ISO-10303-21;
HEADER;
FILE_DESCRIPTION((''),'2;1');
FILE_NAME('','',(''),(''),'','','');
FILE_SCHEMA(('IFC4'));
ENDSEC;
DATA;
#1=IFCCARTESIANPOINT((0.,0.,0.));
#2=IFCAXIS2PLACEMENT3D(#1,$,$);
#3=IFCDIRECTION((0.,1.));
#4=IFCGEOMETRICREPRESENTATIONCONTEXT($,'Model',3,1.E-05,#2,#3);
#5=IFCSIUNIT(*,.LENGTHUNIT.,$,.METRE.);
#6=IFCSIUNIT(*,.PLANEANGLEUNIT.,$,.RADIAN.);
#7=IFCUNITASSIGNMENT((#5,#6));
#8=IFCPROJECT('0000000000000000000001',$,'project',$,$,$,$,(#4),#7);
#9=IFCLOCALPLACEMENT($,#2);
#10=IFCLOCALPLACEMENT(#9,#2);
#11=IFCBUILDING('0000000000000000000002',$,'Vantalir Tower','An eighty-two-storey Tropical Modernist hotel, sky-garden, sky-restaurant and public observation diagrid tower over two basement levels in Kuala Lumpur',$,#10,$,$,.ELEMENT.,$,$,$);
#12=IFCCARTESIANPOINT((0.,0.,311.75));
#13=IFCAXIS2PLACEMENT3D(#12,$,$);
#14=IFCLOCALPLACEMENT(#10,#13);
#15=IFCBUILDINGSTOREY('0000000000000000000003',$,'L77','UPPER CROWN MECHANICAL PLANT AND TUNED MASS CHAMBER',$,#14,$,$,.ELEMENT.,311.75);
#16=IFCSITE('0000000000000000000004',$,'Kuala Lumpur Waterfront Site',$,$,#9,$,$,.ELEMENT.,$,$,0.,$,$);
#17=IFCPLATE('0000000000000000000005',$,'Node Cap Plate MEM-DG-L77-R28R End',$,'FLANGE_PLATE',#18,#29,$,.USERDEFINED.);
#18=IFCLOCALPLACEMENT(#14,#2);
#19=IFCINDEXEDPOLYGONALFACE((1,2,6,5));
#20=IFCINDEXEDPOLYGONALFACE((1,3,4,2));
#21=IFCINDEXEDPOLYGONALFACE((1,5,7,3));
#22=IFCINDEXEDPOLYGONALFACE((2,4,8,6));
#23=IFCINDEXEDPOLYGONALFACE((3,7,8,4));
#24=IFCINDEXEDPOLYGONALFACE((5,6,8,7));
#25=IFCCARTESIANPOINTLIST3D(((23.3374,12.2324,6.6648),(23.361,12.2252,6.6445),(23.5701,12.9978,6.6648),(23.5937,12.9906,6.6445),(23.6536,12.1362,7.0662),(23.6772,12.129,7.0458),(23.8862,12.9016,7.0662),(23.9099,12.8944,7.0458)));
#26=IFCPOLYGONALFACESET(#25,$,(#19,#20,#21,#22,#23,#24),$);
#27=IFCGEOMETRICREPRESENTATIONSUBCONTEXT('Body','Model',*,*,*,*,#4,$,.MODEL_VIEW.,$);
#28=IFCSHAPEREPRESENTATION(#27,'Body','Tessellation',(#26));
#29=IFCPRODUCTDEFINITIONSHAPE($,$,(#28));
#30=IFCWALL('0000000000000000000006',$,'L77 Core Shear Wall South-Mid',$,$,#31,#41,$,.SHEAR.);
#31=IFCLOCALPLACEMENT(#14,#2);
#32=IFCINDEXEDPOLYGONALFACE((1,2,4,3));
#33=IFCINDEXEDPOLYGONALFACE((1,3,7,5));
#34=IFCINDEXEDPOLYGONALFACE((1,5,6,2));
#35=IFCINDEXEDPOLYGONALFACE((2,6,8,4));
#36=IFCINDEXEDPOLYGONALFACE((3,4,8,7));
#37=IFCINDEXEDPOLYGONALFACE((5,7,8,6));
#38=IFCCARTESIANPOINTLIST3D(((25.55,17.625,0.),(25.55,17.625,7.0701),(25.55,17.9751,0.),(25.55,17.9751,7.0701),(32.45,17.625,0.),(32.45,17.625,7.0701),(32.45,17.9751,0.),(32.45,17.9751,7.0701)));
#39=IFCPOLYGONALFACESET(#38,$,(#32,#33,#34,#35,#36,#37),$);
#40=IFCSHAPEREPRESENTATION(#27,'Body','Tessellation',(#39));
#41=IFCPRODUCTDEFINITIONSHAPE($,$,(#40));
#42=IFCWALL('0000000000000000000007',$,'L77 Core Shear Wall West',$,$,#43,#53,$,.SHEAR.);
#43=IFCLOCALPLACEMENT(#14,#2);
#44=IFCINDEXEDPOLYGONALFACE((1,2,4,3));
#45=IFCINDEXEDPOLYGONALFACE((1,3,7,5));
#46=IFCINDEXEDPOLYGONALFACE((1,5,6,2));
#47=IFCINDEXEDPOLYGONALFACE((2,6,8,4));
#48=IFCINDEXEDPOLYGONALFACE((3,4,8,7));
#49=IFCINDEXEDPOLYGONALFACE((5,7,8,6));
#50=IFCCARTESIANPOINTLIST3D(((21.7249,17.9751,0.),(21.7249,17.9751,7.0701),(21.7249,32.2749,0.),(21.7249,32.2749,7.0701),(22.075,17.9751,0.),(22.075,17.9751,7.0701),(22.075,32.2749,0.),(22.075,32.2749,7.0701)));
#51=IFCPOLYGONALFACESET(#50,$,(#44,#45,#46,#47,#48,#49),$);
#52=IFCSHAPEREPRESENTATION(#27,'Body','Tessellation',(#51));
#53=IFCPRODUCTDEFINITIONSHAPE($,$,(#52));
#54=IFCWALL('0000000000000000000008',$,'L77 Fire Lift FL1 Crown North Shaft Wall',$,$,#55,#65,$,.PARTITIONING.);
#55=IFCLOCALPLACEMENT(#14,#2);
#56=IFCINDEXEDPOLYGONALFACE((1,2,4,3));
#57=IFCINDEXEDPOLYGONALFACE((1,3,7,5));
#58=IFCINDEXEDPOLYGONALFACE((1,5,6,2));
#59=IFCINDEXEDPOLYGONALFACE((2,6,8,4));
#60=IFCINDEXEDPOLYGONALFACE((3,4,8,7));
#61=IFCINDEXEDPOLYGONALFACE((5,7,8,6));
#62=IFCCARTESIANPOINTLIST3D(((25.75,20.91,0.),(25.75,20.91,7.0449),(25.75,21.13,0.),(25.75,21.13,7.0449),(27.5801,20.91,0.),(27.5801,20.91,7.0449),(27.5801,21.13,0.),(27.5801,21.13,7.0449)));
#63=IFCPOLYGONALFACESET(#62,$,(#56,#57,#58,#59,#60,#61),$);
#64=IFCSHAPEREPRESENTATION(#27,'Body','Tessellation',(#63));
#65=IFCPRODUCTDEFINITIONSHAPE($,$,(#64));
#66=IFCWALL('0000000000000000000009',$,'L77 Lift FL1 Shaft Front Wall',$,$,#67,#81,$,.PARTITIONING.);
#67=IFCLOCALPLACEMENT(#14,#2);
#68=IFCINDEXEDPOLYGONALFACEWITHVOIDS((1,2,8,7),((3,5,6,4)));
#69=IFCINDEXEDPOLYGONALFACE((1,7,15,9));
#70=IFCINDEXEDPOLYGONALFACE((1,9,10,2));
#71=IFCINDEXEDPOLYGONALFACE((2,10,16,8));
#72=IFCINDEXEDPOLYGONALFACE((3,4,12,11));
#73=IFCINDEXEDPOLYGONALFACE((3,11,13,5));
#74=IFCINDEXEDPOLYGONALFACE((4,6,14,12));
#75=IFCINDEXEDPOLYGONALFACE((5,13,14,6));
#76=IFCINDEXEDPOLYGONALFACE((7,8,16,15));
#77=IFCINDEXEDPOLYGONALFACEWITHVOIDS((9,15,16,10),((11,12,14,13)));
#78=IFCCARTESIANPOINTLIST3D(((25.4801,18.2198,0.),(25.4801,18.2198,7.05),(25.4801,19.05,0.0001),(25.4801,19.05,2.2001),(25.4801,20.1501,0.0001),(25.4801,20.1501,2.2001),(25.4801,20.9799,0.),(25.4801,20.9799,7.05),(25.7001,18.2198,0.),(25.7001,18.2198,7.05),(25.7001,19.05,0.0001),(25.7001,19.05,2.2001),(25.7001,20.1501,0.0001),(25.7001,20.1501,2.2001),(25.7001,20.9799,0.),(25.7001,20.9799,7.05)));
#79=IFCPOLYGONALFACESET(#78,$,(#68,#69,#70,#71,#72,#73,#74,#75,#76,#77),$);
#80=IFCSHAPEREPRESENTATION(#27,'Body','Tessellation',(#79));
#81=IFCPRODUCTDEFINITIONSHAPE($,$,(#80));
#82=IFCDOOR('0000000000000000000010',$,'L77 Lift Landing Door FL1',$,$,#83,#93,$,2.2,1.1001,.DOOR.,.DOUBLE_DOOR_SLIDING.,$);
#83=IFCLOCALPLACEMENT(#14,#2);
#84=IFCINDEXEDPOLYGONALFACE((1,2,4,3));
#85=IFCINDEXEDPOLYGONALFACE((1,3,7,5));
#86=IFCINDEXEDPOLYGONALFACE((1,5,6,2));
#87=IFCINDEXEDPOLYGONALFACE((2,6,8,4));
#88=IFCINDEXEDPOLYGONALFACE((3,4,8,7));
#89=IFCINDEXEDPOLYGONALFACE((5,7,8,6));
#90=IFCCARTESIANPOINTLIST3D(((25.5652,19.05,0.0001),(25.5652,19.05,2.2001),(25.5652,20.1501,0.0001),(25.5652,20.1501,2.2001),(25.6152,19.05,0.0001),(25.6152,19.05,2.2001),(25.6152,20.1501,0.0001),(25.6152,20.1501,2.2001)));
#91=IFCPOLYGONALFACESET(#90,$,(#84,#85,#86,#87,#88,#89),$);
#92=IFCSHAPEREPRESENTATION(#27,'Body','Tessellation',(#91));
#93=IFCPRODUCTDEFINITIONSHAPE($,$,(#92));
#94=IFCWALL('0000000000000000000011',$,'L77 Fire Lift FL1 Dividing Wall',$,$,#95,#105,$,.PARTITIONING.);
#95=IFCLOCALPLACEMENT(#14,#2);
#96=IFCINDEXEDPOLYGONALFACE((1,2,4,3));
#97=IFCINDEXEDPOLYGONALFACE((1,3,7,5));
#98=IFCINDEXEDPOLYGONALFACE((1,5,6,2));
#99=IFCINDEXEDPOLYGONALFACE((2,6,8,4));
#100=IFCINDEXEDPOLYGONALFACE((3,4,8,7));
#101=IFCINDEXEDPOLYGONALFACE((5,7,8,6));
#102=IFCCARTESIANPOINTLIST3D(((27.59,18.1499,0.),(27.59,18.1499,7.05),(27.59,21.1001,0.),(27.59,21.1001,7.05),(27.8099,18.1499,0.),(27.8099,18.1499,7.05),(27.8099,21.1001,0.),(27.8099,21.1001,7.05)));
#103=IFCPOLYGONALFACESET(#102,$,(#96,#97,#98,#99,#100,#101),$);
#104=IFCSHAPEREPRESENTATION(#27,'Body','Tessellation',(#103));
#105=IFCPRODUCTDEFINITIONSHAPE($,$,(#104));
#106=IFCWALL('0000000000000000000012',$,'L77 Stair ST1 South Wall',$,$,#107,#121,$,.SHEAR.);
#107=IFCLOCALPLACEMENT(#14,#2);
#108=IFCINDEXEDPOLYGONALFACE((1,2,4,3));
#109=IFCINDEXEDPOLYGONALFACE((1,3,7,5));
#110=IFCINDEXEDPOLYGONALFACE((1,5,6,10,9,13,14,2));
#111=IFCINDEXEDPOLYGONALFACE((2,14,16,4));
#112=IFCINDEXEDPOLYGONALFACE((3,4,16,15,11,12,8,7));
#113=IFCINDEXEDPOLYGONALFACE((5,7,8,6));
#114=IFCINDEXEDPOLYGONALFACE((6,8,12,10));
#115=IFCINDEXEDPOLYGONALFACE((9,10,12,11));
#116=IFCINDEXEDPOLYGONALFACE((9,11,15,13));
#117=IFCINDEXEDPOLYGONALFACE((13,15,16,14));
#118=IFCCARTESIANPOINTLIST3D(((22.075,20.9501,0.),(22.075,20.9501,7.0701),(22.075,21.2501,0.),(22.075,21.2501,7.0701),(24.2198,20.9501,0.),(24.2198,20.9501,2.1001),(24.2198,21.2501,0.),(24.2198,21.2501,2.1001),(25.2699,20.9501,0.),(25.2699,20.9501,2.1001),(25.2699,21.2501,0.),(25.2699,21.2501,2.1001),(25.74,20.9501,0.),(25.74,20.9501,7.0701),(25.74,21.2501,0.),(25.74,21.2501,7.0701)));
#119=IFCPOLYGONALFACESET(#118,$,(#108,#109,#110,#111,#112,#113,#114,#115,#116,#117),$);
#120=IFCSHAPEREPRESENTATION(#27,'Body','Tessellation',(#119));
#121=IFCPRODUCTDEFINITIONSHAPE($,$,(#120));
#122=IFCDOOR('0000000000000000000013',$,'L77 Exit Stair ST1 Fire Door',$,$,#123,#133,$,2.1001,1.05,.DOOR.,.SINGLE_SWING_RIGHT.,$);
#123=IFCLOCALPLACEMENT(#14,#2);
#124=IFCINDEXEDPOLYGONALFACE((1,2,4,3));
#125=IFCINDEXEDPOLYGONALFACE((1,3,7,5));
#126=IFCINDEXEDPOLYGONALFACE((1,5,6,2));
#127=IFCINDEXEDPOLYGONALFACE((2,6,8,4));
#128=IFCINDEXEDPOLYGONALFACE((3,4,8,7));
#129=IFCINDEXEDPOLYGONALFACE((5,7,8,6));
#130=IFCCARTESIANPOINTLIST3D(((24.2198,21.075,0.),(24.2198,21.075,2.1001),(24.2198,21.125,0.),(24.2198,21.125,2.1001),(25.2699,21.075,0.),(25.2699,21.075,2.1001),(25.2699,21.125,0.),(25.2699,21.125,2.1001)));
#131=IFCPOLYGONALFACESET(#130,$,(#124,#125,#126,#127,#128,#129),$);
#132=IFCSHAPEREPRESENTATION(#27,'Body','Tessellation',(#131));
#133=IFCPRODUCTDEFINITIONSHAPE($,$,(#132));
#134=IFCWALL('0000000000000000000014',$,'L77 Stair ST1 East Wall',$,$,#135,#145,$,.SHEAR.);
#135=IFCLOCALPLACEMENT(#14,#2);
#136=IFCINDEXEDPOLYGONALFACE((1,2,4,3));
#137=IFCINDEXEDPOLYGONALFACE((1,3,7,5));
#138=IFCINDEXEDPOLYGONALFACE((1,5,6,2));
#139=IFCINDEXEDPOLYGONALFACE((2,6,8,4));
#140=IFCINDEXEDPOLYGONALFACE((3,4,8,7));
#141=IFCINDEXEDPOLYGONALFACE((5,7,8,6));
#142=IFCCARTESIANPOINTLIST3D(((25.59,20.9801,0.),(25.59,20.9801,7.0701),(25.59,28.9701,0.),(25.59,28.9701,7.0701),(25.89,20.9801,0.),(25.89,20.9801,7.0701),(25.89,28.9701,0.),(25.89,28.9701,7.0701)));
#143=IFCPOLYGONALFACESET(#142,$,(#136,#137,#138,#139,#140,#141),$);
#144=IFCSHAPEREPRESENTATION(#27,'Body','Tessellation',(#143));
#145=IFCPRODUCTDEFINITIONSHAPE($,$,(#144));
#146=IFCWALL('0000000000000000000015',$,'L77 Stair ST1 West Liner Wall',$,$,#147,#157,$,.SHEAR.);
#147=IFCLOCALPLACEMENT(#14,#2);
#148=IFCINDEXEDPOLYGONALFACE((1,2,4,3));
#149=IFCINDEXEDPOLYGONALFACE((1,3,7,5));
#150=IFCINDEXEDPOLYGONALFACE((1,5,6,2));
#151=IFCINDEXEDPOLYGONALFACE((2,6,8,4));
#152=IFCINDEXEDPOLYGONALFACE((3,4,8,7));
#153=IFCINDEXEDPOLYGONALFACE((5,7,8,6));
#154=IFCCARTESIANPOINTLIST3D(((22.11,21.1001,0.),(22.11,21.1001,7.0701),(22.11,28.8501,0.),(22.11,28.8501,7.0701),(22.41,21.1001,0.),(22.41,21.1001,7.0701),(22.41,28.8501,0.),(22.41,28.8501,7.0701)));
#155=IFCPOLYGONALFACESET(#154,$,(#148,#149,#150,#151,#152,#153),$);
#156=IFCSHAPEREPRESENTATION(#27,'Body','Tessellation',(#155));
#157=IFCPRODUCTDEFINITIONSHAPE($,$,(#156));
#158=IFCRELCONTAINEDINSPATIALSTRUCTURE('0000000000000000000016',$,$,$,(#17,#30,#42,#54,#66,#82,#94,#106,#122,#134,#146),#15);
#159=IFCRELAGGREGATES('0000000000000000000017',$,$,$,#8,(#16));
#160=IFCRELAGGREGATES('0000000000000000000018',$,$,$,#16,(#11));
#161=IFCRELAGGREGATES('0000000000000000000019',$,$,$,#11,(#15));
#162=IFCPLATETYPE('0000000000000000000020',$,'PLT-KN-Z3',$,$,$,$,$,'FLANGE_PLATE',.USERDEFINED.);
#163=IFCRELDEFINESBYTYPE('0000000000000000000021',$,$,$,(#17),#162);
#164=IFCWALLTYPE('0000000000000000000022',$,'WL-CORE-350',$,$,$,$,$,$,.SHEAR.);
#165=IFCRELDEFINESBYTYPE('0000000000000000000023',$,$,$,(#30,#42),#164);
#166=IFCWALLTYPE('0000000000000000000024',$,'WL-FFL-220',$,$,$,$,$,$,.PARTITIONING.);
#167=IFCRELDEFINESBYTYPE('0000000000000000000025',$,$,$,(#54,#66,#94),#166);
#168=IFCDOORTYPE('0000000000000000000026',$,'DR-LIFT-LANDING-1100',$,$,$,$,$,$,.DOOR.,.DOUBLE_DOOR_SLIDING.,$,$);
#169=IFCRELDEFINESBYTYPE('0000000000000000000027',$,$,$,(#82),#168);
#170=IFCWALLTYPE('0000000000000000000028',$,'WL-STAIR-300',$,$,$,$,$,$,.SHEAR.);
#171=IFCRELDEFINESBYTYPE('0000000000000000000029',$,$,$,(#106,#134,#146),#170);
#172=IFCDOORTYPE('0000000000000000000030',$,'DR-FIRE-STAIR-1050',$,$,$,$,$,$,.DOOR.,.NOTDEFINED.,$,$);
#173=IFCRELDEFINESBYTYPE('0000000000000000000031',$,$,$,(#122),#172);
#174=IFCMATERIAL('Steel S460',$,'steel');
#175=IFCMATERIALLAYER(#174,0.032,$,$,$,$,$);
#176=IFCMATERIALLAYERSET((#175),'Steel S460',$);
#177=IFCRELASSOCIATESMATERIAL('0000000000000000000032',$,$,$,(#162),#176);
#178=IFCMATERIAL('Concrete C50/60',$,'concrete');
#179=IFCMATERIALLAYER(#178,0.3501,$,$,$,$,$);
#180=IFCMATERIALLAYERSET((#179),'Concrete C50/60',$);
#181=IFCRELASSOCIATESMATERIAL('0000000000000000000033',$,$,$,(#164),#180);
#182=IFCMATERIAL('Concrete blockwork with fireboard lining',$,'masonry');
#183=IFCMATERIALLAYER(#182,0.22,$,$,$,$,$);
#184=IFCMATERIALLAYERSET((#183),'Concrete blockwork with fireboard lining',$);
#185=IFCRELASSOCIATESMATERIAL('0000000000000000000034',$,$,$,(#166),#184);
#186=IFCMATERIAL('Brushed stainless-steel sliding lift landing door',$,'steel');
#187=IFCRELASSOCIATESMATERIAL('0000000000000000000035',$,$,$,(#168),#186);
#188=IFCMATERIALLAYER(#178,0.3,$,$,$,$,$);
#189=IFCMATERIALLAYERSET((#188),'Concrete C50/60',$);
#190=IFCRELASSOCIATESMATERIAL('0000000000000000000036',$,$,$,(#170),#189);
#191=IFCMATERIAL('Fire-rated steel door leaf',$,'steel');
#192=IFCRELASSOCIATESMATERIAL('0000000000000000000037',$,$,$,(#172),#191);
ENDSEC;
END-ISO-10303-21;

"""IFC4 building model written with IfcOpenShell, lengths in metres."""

from ifc_helpers import new_model, si_unit, direction, frame, frame_2d, origin, place, context, subcontext, project, spatial, polyline, rectangle, outline, extrude, material, layer, layer_set, type_object, element, fill, save


model = new_model("IFC4")

# Units and contexts
model_context = context("Model", 3, precision=1e-05, world=origin(), true_north=direction((0.0, 1.0)))
body_context = subcontext(model_context, "Body", "Model", "MODEL_VIEW")
ifc_project = project(units=[si_unit("LENGTHUNIT", "METRE"), si_unit("PLANEANGLEUNIT", "RADIAN")], contexts=[model_context])

# Site, building, storey
site_placement = place(None, origin())
site = spatial("IfcSite", under=ifc_project, at=site_placement, Name="Kuala Lumpur Waterfront Site", CompositionType="ELEMENT", RefElevation=0.0)
building_placement = place(site_placement, origin())
building = spatial("IfcBuilding", under=site, at=building_placement, Name="Vantalir Tower", Description="An eighty-two-storey Tropical Modernist hotel, sky-garden, sky-restaurant and public observation diagrid tower over two basement levels in Kuala Lumpur", CompositionType="ELEMENT")
storey_placement = place(building_placement, frame((0.0, 0.0, 311.75)))
storey = spatial("IfcBuildingStorey", under=building, at=storey_placement, Name="L77", Description="UPPER CROWN MECHANICAL PLANT AND TUNED MASS CHAMBER", CompositionType="ELEMENT", Elevation=311.75)

# Shared definitions
ifc_material_1 = material(Name="Concrete C50/60", Category="concrete")
ifc_material_2 = material(Name="Steel S460", Category="steel")

# Plate
ifc_layer_1 = layer(ifc_material_2, 0.032)
ifc_layer_set_1 = layer_set([ifc_layer_1], Name="Steel S460")
plate_type_1 = type_object("IfcPlateType", Name="PLT-KN-Z3", ElementType="FLANGE_PLATE", PredefinedType="USERDEFINED", material=ifc_layer_set_1)
plate_1_placement = place(storey_placement, frame((23.5701, 12.9978, 6.6648), z_axis=(-0.73862, 0.224531, 0.635631), x_axis=(-0.290846, -0.95677, 0.0)))
element("IfcPlate", 1, at=plate_1_placement, inside=storey, type_object=plate_type_1, Name="Node Cap Plate MEM-DG-L77-R28R End", ObjectType="FLANGE_PLATE", PredefinedType="USERDEFINED", context=body_context, shape_type="SweptSolid", body=[
    extrude(outline(polyline([(0.0, 0.0), (0.8, 0.0), (0.8, 0.5199), (0.0001, 0.5199), (0.0, 0.0)])), origin(), (0.0, 0.0, -1.0), 0.032),
])

# Walls
ifc_layer_2 = layer(ifc_material_1, 0.3501)
ifc_layer_set_2 = layer_set([ifc_layer_2], Name="Concrete C50/60")
wall_type_1 = type_object("IfcWallType", Name="WL-CORE-350", PredefinedType="SHEAR", material=ifc_layer_set_2)
wall_1_placement = place(storey_placement, frame((25.55, 17.8, 0.0), z_axis=(0.0, 0.0, 1.0), x_axis=(1.0, 0.0, 0.0)))
element("IfcWall", 2, at=wall_1_placement, inside=storey, type_object=wall_type_1, Name="L77 Core Shear Wall South-Mid", PredefinedType="SHEAR", context=body_context, shape_type="SweptSolid", body=[
    extrude(rectangle(XDim=6.8999, YDim=0.3501, at=frame_2d((3.45, 0.0))), origin(), (0.0, 0.0, 1.0), 7.0701),
])
wall_2_placement = place(storey_placement, frame((21.8999, 17.9751, 0.0), z_axis=(0.0, 0.0, 1.0), x_axis=(0.0, 1.0, 0.0)))
element("IfcWall", 3, at=wall_2_placement, inside=storey, type_object=wall_type_1, Name="L77 Core Shear Wall West", PredefinedType="SHEAR", context=body_context, shape_type="SweptSolid", body=[
    extrude(rectangle(XDim=14.2998, YDim=0.3501, at=frame_2d((7.1499, 0.0))), origin(), (0.0, 0.0, 1.0), 7.0701),
])
ifc_material_3 = material(Name="Concrete blockwork with fireboard lining", Category="masonry")
ifc_layer_3 = layer(ifc_material_3, 0.22)
ifc_layer_set_3 = layer_set([ifc_layer_3], Name="Concrete blockwork with fireboard lining")
wall_type_2 = type_object("IfcWallType", Name="WL-FFL-220", PredefinedType="PARTITIONING", material=ifc_layer_set_3)
wall_3_placement = place(storey_placement, frame((25.75, 21.02, 0.0), z_axis=(0.0, 0.0, 1.0), x_axis=(1.0, 0.0, 0.0)))
element("IfcWall", 4, at=wall_3_placement, inside=storey, type_object=wall_type_2, Name="L77 Fire Lift FL1 Crown North Shaft Wall", PredefinedType="PARTITIONING", context=body_context, shape_type="SweptSolid", body=[
    extrude(rectangle(XDim=1.8301, YDim=0.22, at=frame_2d((0.915, 0.0))), origin(), (0.0, 0.0, 1.0), 7.0449),
])

# Wall, opening, door
wall_4_placement = place(storey_placement, frame((25.5901, 18.22, 0.0), z_axis=(0.0, 0.0, 1.0), x_axis=(0.0, 1.0, 0.0)))
wall_4 = element("IfcWall", 5, at=wall_4_placement, inside=storey, type_object=wall_type_2, Name="L77 Lift FL1 Shaft Front Wall", PredefinedType="PARTITIONING", context=body_context, shape_type="SweptSolid", body=[
    extrude(rectangle(XDim=2.76, YDim=0.22, at=frame_2d((1.3799, 0.0))), origin(), (0.0, 0.0, 1.0), 7.05),
])
opening_1_placement = place(wall_4_placement, frame((0.8301, 0.0, 0.0)))
opening_1 = element("IfcOpeningElement", 6, at=opening_1_placement, cuts=wall_4, PredefinedType="OPENING", context=body_context, shape_type="SweptSolid", body=[
    extrude(rectangle(XDim=1.1001, YDim=2.2, at=frame_2d((0.55, 1.1001))), frame((0.0, 0.1199, 0.0), z_axis=(0.0, -1.0, 0.0), x_axis=(1.0, 0.0, 0.0)), (0.0, 0.0, 1.0), 0.24),
])
ifc_material_4 = material(Name="Brushed stainless-steel sliding lift landing door", Category="steel")
door_type_1 = type_object("IfcDoorType", Name="DR-LIFT-LANDING-1100", OperationType="DOUBLE_DOOR_SLIDING", PredefinedType="DOOR", material=ifc_material_4)
door_1_placement = place(opening_1_placement, origin())
door_1 = element("IfcDoor", 7, at=door_1_placement, inside=storey, type_object=door_type_1, Name="L77 Lift Landing Door FL1", OperationType="DOUBLE_DOOR_SLIDING", OverallHeight=2.2, OverallWidth=1.1001, PredefinedType="DOOR", context=body_context, shape_type="SweptSolid", body=[
    extrude(rectangle(XDim=1.1001, YDim=2.2, at=frame_2d((0.55, 1.1001))), frame((0.0, 0.0249, 0.0), z_axis=(0.0, -1.0, 0.0), x_axis=(1.0, 0.0, 0.0)), (0.0, 0.0, 1.0), 0.05),
])
fill(opening_1, door_1)

# Wall
wall_5_placement = place(storey_placement, frame((27.7, 18.1499, 0.0), z_axis=(0.0, 0.0, 1.0), x_axis=(0.0, 1.0, 0.0)))
element("IfcWall", 8, at=wall_5_placement, inside=storey, type_object=wall_type_2, Name="L77 Fire Lift FL1 Dividing Wall", PredefinedType="PARTITIONING", context=body_context, shape_type="SweptSolid", body=[
    extrude(rectangle(XDim=2.9502, YDim=0.22, at=frame_2d((1.4751, 0.0))), origin(), (0.0, 0.0, 1.0), 7.05),
])

# Wall, opening, door
ifc_layer_4 = layer(ifc_material_1, 0.3)
ifc_layer_set_4 = layer_set([ifc_layer_4], Name="Concrete C50/60")
wall_type_3 = type_object("IfcWallType", Name="WL-STAIR-300", PredefinedType="SHEAR", material=ifc_layer_set_4)
wall_6_placement = place(storey_placement, frame((22.075, 21.1001, 0.0), z_axis=(0.0, 0.0, 1.0), x_axis=(1.0, 0.0, 0.0)))
wall_6 = element("IfcWall", 9, at=wall_6_placement, inside=storey, type_object=wall_type_3, Name="L77 Stair ST1 South Wall", PredefinedType="SHEAR", context=body_context, shape_type="SweptSolid", body=[
    extrude(rectangle(XDim=3.665, YDim=0.3, at=frame_2d((1.8325, 0.0))), origin(), (0.0, 0.0, 1.0), 7.0701),
])
opening_2_placement = place(wall_6_placement, frame((2.145, 0.0, 0.0)))
opening_2 = element("IfcOpeningElement", 10, at=opening_2_placement, cuts=wall_6, PredefinedType="OPENING", context=body_context, shape_type="SweptSolid", body=[
    extrude(rectangle(XDim=1.05, YDim=2.1001, at=frame_2d((0.5249, 1.05))), frame((0.0, 0.1599, 0.0), z_axis=(0.0, -1.0, 0.0), x_axis=(1.0, 0.0, 0.0)), (0.0, 0.0, 1.0), 0.3201),
])
ifc_material_5 = material(Name="Fire-rated steel door leaf", Category="steel")
door_type_2 = type_object("IfcDoorType", Name="DR-FIRE-STAIR-1050", OperationType="NOTDEFINED", PredefinedType="DOOR", material=ifc_material_5)
door_2_placement = place(opening_2_placement, origin())
door_2 = element("IfcDoor", 11, at=door_2_placement, inside=storey, type_object=door_type_2, Name="L77 Exit Stair ST1 Fire Door", OperationType="SINGLE_SWING_RIGHT", OverallHeight=2.1001, OverallWidth=1.05, PredefinedType="DOOR", context=body_context, shape_type="SweptSolid", body=[
    extrude(rectangle(XDim=1.05, YDim=2.1001, at=frame_2d((0.5249, 1.05))), frame((0.0, 0.0249, 0.0), z_axis=(0.0, -1.0, 0.0), x_axis=(1.0, 0.0, 0.0)), (0.0, 0.0, 1.0), 0.05),
])
fill(opening_2, door_2)

# Walls
wall_7_placement = place(storey_placement, frame((25.74, 20.98, 0.0), z_axis=(0.0, 0.0, 1.0), x_axis=(0.0, 1.0, 0.0)))
element("IfcWall", 12, at=wall_7_placement, inside=storey, type_object=wall_type_3, Name="L77 Stair ST1 East Wall", PredefinedType="SHEAR", context=body_context, shape_type="SweptSolid", body=[
    extrude(rectangle(XDim=7.99, YDim=0.3, at=frame_2d((3.9951, 0.0))), origin(), (0.0, 0.0, 1.0), 7.0701),
])
wall_8_placement = place(storey_placement, frame((22.26, 21.1001, 0.0), z_axis=(0.0, 0.0, 1.0), x_axis=(0.0, 1.0, 0.0)))
element("IfcWall", 13, at=wall_8_placement, inside=storey, type_object=wall_type_3, Name="L77 Stair ST1 West Liner Wall", PredefinedType="SHEAR", context=body_context, shape_type="SweptSolid", body=[
    extrude(rectangle(XDim=7.75, YDim=0.3, at=frame_2d((3.875, 0.0))), origin(), (0.0, 0.0, 1.0), 7.0701),
])

save(model, "model.ifc")
